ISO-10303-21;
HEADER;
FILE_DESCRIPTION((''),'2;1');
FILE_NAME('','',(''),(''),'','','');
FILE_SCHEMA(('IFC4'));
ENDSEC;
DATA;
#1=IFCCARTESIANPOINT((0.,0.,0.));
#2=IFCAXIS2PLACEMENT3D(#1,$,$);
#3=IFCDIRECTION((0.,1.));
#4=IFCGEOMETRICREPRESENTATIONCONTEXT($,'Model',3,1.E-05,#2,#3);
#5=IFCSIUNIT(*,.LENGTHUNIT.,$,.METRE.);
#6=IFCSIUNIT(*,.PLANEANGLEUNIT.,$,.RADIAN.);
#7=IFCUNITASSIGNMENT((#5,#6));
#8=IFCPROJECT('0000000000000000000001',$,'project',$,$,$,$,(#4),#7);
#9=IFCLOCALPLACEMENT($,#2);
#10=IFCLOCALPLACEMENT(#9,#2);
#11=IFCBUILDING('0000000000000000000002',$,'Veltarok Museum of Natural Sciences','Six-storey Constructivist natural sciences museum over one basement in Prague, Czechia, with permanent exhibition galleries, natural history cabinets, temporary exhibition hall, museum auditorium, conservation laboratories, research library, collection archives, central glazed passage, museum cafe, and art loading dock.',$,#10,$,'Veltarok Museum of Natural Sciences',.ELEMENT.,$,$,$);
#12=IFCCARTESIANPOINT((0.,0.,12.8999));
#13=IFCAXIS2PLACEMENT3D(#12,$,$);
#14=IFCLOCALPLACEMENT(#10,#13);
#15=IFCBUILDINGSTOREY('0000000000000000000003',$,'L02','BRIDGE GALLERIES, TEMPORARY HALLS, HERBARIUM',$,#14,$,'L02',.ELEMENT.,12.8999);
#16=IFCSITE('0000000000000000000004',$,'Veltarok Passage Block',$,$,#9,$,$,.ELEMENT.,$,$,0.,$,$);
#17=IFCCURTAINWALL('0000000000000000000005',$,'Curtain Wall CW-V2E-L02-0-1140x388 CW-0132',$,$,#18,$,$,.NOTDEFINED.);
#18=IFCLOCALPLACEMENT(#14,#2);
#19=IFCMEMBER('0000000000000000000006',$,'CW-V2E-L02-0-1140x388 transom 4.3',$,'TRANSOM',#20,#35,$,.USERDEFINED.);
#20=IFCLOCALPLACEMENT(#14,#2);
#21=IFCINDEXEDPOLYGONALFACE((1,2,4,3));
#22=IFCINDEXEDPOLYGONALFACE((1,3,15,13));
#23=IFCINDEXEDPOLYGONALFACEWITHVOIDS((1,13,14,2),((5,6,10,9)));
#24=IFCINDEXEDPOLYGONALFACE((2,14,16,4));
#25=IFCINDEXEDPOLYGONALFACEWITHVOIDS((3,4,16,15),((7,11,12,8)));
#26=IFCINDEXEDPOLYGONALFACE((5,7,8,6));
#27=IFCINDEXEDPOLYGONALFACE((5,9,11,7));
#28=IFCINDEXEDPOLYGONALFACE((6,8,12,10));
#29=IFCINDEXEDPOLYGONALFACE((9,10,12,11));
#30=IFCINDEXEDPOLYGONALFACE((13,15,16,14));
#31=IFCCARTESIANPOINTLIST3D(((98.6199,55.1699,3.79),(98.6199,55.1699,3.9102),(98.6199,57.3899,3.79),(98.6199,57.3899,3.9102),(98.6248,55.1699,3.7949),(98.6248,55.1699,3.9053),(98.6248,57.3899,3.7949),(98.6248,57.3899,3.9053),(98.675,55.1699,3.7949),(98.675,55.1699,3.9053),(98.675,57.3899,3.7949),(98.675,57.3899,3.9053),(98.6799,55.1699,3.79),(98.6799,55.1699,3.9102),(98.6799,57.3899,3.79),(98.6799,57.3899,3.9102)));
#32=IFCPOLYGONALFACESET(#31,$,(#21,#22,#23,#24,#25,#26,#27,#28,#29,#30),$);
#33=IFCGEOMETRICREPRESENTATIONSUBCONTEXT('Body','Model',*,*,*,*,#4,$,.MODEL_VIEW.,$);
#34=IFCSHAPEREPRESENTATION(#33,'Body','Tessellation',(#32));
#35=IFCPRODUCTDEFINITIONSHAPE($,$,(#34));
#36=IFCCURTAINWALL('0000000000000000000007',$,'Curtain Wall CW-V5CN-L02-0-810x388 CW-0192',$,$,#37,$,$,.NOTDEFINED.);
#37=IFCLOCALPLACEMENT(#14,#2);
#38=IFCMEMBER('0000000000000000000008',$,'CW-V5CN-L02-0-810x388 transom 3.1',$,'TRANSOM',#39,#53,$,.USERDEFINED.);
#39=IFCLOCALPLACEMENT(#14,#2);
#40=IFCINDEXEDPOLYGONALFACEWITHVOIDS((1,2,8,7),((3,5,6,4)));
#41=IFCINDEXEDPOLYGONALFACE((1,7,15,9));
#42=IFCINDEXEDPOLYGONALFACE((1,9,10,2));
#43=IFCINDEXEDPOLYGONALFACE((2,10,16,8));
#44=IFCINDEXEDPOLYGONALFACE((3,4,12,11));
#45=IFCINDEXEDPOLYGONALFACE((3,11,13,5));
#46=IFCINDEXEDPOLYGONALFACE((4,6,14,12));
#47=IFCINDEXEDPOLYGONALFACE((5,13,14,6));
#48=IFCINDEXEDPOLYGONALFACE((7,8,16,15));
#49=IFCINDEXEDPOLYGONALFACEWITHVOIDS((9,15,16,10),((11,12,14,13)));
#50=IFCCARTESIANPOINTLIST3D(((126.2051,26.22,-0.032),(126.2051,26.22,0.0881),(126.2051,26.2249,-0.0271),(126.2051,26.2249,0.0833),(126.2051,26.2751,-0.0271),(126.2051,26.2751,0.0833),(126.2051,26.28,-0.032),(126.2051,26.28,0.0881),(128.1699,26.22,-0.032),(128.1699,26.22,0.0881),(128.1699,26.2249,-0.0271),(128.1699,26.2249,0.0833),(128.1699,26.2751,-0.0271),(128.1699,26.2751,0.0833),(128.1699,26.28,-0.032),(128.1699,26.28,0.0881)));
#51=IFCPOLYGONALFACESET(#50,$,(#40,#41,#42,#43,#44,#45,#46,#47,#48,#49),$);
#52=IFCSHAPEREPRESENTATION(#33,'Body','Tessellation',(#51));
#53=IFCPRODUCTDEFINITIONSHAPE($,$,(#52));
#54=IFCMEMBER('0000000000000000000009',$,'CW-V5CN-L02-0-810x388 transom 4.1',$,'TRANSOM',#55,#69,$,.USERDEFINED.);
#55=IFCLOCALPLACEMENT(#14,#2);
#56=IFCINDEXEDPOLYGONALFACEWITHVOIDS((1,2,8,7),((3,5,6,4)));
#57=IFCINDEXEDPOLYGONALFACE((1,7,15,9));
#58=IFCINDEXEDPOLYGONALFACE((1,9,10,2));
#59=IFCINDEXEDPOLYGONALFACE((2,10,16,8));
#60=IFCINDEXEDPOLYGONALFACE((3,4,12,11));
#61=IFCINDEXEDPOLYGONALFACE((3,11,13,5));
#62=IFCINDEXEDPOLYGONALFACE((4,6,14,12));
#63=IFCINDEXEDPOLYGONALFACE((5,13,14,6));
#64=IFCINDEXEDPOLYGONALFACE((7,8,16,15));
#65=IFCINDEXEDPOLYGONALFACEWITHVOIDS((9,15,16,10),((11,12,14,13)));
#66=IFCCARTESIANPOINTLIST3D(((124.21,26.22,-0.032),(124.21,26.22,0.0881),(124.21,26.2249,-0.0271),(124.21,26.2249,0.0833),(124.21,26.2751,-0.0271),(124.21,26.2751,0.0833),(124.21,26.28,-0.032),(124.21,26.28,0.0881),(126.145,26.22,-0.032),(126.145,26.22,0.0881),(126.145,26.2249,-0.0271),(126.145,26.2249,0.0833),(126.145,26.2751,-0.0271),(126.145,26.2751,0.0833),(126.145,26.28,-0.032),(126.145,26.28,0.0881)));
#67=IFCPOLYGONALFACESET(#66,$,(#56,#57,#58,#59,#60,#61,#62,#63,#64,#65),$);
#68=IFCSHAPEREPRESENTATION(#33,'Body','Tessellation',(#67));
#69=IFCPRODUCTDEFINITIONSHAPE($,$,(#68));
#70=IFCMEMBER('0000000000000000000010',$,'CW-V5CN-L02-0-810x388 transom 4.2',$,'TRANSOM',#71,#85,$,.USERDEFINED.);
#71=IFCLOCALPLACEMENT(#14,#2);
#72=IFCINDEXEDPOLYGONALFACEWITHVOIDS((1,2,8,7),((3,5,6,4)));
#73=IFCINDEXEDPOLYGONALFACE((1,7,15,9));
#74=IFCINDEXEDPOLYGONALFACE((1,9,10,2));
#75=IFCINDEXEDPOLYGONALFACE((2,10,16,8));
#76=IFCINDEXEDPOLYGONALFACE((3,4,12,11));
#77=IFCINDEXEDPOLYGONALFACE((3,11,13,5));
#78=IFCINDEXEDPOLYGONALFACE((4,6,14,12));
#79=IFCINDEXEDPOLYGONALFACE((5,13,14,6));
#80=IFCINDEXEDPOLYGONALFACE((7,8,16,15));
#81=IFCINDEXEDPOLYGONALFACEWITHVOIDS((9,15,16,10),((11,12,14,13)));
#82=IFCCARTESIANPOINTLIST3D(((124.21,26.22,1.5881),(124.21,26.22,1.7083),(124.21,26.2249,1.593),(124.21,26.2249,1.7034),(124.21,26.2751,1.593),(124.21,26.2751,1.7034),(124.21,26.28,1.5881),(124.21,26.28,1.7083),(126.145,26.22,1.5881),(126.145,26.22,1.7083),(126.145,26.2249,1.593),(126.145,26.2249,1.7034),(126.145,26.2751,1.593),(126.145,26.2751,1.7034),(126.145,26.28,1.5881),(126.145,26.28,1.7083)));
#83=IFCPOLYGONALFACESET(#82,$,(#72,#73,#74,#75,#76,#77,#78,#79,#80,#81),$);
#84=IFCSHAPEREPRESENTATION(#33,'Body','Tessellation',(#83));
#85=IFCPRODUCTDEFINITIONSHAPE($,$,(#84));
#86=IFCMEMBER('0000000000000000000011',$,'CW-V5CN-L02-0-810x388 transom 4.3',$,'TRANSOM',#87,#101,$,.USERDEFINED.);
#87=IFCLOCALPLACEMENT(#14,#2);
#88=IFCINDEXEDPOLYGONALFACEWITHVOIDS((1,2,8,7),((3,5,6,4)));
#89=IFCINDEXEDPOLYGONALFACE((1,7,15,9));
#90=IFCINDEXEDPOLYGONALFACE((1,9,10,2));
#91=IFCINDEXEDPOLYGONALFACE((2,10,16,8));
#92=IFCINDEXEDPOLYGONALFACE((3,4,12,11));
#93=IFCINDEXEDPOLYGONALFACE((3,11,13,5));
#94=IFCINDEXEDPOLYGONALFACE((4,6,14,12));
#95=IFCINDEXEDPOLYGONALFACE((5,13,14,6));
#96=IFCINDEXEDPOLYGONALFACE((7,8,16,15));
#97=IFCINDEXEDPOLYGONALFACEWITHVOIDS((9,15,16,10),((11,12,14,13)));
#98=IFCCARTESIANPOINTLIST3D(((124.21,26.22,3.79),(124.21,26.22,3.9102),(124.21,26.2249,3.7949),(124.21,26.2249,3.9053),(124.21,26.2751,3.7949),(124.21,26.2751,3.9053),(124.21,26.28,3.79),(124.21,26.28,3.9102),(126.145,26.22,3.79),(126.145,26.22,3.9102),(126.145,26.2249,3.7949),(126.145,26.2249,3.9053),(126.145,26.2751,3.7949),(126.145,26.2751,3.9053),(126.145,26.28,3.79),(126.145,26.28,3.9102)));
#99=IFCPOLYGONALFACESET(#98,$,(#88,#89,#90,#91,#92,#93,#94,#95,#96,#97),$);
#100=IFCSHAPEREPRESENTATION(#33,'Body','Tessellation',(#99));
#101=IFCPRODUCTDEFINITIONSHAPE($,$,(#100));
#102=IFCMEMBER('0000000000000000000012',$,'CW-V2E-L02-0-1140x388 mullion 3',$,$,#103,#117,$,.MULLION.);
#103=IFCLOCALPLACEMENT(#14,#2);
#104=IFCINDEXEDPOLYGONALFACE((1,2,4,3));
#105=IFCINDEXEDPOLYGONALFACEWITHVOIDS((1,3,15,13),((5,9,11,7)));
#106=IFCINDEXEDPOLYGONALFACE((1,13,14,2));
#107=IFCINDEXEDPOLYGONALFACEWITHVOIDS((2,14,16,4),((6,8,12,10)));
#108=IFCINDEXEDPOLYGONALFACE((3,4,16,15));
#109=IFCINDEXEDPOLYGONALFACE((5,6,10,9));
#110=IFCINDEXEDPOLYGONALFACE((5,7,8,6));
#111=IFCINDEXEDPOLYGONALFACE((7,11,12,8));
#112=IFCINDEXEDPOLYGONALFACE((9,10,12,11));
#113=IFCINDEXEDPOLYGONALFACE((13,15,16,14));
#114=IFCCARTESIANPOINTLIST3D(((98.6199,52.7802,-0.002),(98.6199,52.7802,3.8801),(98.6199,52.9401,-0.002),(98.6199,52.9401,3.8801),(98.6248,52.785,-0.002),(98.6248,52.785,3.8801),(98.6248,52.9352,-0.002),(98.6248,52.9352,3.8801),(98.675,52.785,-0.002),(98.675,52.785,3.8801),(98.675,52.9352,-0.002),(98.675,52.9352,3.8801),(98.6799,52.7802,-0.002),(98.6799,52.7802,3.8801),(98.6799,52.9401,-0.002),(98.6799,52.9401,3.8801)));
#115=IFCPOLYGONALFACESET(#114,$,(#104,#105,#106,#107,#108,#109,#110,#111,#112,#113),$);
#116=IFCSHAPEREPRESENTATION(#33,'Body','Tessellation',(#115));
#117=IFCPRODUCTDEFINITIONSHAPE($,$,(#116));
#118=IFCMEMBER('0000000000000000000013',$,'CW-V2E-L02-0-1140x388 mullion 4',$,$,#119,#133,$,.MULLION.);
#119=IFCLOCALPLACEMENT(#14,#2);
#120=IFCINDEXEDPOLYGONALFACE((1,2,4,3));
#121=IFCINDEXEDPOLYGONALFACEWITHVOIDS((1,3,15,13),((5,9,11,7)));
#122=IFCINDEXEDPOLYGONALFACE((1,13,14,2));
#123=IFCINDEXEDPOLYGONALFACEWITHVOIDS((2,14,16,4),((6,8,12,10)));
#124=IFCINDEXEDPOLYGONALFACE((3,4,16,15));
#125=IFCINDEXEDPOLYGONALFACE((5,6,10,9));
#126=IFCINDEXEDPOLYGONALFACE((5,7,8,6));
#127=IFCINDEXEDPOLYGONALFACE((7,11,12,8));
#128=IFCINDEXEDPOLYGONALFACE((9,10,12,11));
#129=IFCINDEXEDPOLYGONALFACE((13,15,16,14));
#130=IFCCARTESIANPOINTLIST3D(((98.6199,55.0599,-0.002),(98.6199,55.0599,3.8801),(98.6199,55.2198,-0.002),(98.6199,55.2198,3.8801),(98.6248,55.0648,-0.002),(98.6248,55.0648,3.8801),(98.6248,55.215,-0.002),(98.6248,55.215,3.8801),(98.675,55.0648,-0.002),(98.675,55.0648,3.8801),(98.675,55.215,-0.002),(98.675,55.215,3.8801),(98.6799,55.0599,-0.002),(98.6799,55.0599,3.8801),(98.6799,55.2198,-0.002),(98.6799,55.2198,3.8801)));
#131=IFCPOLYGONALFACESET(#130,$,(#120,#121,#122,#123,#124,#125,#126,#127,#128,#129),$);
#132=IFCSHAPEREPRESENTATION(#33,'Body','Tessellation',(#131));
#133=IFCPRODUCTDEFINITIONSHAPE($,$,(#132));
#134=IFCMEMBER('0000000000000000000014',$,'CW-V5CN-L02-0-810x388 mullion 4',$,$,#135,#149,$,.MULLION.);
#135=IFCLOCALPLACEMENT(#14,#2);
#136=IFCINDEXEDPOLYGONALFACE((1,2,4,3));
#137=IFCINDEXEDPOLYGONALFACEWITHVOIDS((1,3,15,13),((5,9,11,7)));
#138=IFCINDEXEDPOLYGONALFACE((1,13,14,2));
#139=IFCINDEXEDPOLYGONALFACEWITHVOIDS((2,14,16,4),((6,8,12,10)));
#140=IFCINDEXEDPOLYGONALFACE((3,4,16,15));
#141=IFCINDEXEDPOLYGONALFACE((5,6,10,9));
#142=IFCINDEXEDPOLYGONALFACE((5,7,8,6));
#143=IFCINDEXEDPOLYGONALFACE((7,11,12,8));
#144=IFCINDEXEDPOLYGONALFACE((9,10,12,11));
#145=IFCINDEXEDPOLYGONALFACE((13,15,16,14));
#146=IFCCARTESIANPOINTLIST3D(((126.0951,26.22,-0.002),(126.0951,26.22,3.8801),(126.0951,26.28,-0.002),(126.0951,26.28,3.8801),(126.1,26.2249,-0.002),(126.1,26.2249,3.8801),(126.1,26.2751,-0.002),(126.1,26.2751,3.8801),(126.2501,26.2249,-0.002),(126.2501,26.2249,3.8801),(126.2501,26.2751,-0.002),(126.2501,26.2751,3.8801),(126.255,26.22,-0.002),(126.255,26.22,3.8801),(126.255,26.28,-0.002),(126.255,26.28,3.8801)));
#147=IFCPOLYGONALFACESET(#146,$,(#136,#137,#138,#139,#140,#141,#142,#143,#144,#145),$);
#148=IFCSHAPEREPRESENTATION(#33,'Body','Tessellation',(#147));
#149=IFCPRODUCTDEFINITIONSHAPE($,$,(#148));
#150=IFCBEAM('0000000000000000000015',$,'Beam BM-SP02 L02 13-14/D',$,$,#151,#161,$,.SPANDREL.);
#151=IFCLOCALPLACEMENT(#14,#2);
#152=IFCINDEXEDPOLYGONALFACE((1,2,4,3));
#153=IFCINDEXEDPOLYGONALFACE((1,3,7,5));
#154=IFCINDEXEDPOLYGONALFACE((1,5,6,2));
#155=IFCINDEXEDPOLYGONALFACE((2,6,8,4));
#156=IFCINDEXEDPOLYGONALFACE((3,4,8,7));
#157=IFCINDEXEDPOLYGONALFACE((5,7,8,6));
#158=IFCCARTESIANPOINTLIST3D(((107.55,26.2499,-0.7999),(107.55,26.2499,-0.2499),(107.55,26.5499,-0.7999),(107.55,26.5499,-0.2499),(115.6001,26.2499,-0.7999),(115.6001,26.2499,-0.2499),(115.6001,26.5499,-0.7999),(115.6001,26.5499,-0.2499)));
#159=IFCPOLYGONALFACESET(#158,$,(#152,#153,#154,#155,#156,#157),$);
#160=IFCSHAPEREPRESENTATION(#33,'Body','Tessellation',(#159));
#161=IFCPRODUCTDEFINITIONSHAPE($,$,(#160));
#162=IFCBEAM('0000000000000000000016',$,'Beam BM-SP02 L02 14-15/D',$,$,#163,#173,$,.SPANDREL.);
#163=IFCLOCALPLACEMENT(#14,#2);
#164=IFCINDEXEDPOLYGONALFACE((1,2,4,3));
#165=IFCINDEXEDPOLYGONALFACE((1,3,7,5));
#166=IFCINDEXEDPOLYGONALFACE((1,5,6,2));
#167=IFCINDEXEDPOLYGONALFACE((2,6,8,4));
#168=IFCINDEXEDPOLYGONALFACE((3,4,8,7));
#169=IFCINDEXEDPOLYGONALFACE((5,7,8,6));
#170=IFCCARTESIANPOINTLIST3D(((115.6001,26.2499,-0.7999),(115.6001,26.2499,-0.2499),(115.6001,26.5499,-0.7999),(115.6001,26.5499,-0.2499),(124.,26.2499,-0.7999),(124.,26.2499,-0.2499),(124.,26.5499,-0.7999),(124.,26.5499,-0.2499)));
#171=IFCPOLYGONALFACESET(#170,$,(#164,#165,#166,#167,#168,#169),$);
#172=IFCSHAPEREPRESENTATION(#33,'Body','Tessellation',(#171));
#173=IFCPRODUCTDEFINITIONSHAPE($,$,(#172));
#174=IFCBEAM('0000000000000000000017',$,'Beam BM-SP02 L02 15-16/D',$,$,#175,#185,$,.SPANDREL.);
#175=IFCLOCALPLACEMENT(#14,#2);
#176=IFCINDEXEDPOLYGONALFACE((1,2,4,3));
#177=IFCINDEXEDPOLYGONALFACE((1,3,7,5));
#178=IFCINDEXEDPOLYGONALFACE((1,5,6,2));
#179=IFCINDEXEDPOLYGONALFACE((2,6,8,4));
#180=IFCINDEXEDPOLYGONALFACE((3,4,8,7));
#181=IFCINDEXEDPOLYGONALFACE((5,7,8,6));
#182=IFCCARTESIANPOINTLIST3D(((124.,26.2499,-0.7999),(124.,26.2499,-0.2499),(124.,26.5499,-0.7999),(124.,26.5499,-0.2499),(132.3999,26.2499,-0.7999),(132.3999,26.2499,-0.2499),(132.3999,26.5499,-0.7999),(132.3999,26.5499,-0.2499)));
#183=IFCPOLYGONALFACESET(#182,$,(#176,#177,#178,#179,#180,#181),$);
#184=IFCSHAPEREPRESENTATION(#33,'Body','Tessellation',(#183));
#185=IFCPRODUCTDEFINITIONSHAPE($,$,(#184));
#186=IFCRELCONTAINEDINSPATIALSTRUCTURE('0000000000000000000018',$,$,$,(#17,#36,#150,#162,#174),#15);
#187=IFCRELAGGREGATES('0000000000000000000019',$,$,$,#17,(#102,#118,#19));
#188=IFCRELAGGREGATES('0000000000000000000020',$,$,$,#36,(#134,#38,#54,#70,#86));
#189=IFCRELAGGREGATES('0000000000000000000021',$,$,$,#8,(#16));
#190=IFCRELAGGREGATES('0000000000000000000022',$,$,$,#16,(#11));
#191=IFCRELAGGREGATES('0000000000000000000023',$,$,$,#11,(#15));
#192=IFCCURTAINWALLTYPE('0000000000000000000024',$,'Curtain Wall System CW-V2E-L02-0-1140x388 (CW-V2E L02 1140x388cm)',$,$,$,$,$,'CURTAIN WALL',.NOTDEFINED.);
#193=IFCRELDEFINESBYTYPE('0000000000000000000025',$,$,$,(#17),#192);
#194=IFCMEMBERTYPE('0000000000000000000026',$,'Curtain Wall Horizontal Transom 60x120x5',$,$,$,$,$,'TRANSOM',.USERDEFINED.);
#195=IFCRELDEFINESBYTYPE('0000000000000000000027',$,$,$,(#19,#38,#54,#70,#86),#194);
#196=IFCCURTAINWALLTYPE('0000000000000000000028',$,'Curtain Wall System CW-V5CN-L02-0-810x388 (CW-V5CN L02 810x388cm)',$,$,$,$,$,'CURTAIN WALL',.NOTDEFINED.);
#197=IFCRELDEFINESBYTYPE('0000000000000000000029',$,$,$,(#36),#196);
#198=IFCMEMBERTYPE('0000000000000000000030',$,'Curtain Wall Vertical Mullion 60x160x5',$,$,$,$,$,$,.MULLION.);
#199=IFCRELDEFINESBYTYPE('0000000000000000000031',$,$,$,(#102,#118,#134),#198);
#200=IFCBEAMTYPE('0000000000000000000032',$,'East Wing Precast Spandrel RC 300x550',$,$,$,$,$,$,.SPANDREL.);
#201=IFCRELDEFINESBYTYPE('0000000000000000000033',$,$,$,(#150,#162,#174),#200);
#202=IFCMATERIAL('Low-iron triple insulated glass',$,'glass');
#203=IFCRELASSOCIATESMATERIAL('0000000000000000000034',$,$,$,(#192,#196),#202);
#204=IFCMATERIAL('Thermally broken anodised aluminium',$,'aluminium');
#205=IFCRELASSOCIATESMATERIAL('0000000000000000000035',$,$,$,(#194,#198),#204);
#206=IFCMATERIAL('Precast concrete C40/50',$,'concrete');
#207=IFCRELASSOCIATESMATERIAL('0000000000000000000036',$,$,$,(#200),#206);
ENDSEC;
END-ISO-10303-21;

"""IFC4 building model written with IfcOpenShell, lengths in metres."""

from ifc_helpers import new_model, si_unit, direction, frame, origin, origin_2d, place, context, subcontext, project, spatial, rectangle, hollow_rectangle, extrude, material, material_profile, profile_set, type_object, element, aggregate, save


model = new_model("IFC4")

# Units and contexts
model_context = context("Model", 3, precision=1e-05, world=origin(), true_north=direction((0.0, 1.0)))
body_context = subcontext(model_context, "Body", "Model", "MODEL_VIEW")
ifc_project = project(units=[si_unit("LENGTHUNIT", "METRE"), si_unit("PLANEANGLEUNIT", "RADIAN")], contexts=[model_context])

# Site, building, storey
site_placement = place(None, origin())
site = spatial("IfcSite", under=ifc_project, at=site_placement, Name="Veltarok Passage Block", CompositionType="ELEMENT", RefElevation=0.0)
building_placement = place(site_placement, origin())
building = spatial("IfcBuilding", under=site, at=building_placement, Name="Veltarok Museum of Natural Sciences", Description="Six-storey Constructivist natural sciences museum over one basement in Prague, Czechia, with permanent exhibition galleries, natural history cabinets, temporary exhibition hall, museum auditorium, conservation laboratories, research library, collection archives, central glazed passage, museum cafe, and art loading dock.", LongName="Veltarok Museum of Natural Sciences", CompositionType="ELEMENT")
storey_placement = place(building_placement, frame((0.0, 0.0, 12.8999)))
storey = spatial("IfcBuildingStorey", under=building, at=storey_placement, Name="L02", Description="BRIDGE GALLERIES, TEMPORARY HALLS, HERBARIUM", LongName="L02", CompositionType="ELEMENT", Elevation=12.8999)

# Curtain walls, members
ifc_material_1 = material(Name="Low-iron triple insulated glass", Category="glass")
curtain_wall_type_1 = type_object("IfcCurtainWallType", Name="Curtain Wall System CW-V2E-L02-0-1140x388 (CW-V2E L02 1140x388cm)", ElementType="CURTAIN WALL", PredefinedType="NOTDEFINED", material=ifc_material_1)
curtain_wall_1_placement = place(storey_placement, origin())
curtain_wall_1 = element("IfcCurtainWall", 1, at=curtain_wall_1_placement, inside=storey, type_object=curtain_wall_type_1, Name="Curtain Wall CW-V2E-L02-0-1140x388 CW-0132", PredefinedType="NOTDEFINED")
ifc_material_2 = material(Name="Thermally broken anodised aluminium", Category="aluminium")
ifc_material_profile_1 = material_profile(ifc_material_2, hollow_rectangle(XDim=0.0601, YDim=0.1201, WallThickness=0.0049, at=origin_2d()), Name="CW TRANSOM 60x120x5")
ifc_profile_set_1 = profile_set([ifc_material_profile_1], Name="Thermally broken anodised aluminium")
member_type_1 = type_object("IfcMemberType", Name="Curtain Wall Horizontal Transom 60x120x5", ElementType="TRANSOM", PredefinedType="USERDEFINED", material=ifc_profile_set_1)
member_1_placement = place(storey_placement, frame((98.6499, 55.1699, 3.8501), z_axis=(0.0, 1.0, 0.0), x_axis=(-1.0, 0.0, 0.0)))
member_1 = element("IfcMember", 2, at=member_1_placement, type_object=member_type_1, Name="CW-V2E-L02-0-1140x388 transom 4.3", ObjectType="TRANSOM", PredefinedType="USERDEFINED", context=body_context, shape_type="SweptSolid", body=[
    extrude(hollow_rectangle(XDim=0.0601, YDim=0.1201, WallThickness=0.0049, at=origin_2d()), origin(), (0.0, 0.0, 1.0), 2.22),
])
curtain_wall_type_2 = type_object("IfcCurtainWallType", Name="Curtain Wall System CW-V5CN-L02-0-810x388 (CW-V5CN L02 810x388cm)", ElementType="CURTAIN WALL", PredefinedType="NOTDEFINED", material=ifc_material_1)
curtain_wall_2_placement = place(storey_placement, origin())
curtain_wall_2 = element("IfcCurtainWall", 3, at=curtain_wall_2_placement, inside=storey, type_object=curtain_wall_type_2, Name="Curtain Wall CW-V5CN-L02-0-810x388 CW-0192", PredefinedType="NOTDEFINED")
member_2_placement = place(storey_placement, frame((128.1699, 26.25, 0.0281), z_axis=(-1.0, 0.0, 0.0), x_axis=(0.0, -1.0, 0.0)))
member_2 = element("IfcMember", 4, at=member_2_placement, type_object=member_type_1, Name="CW-V5CN-L02-0-810x388 transom 3.1", ObjectType="TRANSOM", PredefinedType="USERDEFINED", context=body_context, shape_type="SweptSolid", body=[
    extrude(hollow_rectangle(XDim=0.0601, YDim=0.1201, WallThickness=0.0049, at=origin_2d()), origin(), (0.0, 0.0, 1.0), 1.9648),
])
member_3_placement = place(storey_placement, frame((126.145, 26.25, 0.0281), z_axis=(-1.0, 0.0, 0.0), x_axis=(0.0, -1.0, 0.0)))
member_3 = element("IfcMember", 5, at=member_3_placement, type_object=member_type_1, Name="CW-V5CN-L02-0-810x388 transom 4.1", ObjectType="TRANSOM", PredefinedType="USERDEFINED", context=body_context, shape_type="SweptSolid", body=[
    extrude(hollow_rectangle(XDim=0.0601, YDim=0.1201, WallThickness=0.0049, at=origin_2d()), origin(), (0.0, 0.0, 1.0), 1.9351),
])
member_4_placement = place(storey_placement, frame((126.145, 26.25, 1.6482), z_axis=(-1.0, 0.0, 0.0), x_axis=(0.0, -1.0, 0.0)))
member_4 = element("IfcMember", 6, at=member_4_placement, type_object=member_type_1, Name="CW-V5CN-L02-0-810x388 transom 4.2", ObjectType="TRANSOM", PredefinedType="USERDEFINED", context=body_context, shape_type="SweptSolid", body=[
    extrude(hollow_rectangle(XDim=0.0601, YDim=0.1201, WallThickness=0.0049, at=origin_2d()), origin(), (0.0, 0.0, 1.0), 1.9351),
])
member_5_placement = place(storey_placement, frame((126.145, 26.25, 3.8501), z_axis=(-1.0, 0.0, 0.0), x_axis=(0.0, -1.0, 0.0)))
member_5 = element("IfcMember", 7, at=member_5_placement, type_object=member_type_1, Name="CW-V5CN-L02-0-810x388 transom 4.3", ObjectType="TRANSOM", PredefinedType="USERDEFINED", context=body_context, shape_type="SweptSolid", body=[
    extrude(hollow_rectangle(XDim=0.0601, YDim=0.1201, WallThickness=0.0049, at=origin_2d()), origin(), (0.0, 0.0, 1.0), 1.9351),
])

# Members
ifc_material_profile_2 = material_profile(ifc_material_2, hollow_rectangle(XDim=0.0601, YDim=0.1599, WallThickness=0.0049, at=origin_2d()), Name="CW MULLION 60x160x5")
ifc_profile_set_2 = profile_set([ifc_material_profile_2], Name="Thermally broken anodised aluminium")
member_type_2 = type_object("IfcMemberType", Name="Curtain Wall Vertical Mullion 60x160x5", PredefinedType="MULLION", material=ifc_profile_set_2)
member_6_placement = place(storey_placement, frame((98.6499, 52.8601, -0.002), z_axis=(0.0, 0.0, 1.0), x_axis=(-1.0, 0.0, 0.0)))
member_6 = element("IfcMember", 8, at=member_6_placement, type_object=member_type_2, Name="CW-V2E-L02-0-1140x388 mullion 3", PredefinedType="MULLION", context=body_context, shape_type="SweptSolid", body=[
    extrude(hollow_rectangle(XDim=0.0601, YDim=0.1599, WallThickness=0.0049, at=origin_2d()), origin(), (0.0, 0.0, 1.0), 3.8821),
])
member_7_placement = place(storey_placement, frame((98.6499, 55.1399, -0.002), z_axis=(0.0, 0.0, 1.0), x_axis=(-1.0, 0.0, 0.0)))
member_7 = element("IfcMember", 9, at=member_7_placement, type_object=member_type_2, Name="CW-V2E-L02-0-1140x388 mullion 4", PredefinedType="MULLION", context=body_context, shape_type="SweptSolid", body=[
    extrude(hollow_rectangle(XDim=0.0601, YDim=0.1599, WallThickness=0.0049, at=origin_2d()), origin(), (0.0, 0.0, 1.0), 3.8821),
])
member_8_placement = place(storey_placement, frame((126.175, 26.25, -0.002), z_axis=(0.0, 0.0, 1.0), x_axis=(0.0, -1.0, 0.0)))
member_8 = element("IfcMember", 10, at=member_8_placement, type_object=member_type_2, Name="CW-V5CN-L02-0-810x388 mullion 4", PredefinedType="MULLION", context=body_context, shape_type="SweptSolid", body=[
    extrude(hollow_rectangle(XDim=0.0601, YDim=0.1599, WallThickness=0.0049, at=origin_2d()), origin(), (0.0, 0.0, 1.0), 3.8821),
])

# Beams
ifc_material_3 = material(Name="Precast concrete C40/50", Category="concrete")
ifc_material_profile_3 = material_profile(ifc_material_3, rectangle(XDim=0.3, YDim=0.55, at=origin_2d()), Name="RC 300x550")
ifc_profile_set_3 = profile_set([ifc_material_profile_3], Name="Precast concrete C40/50")
beam_type_1 = type_object("IfcBeamType", Name="East Wing Precast Spandrel RC 300x550", PredefinedType="SPANDREL", material=ifc_profile_set_3)
beam_1_placement = place(storey_placement, frame((107.55, 26.3999, -0.5249), z_axis=(1.0, 0.0, 0.0), x_axis=(0.0, 1.0, 0.0)))
element("IfcBeam", 11, at=beam_1_placement, inside=storey, type_object=beam_type_1, Name="Beam BM-SP02 L02 13-14/D", PredefinedType="SPANDREL", context=body_context, shape_type="SweptSolid", body=[
    extrude(rectangle(XDim=0.3, YDim=0.55, at=origin_2d()), origin(), (0.0, 0.0, 1.0), 8.05),
])
for number, where, z_axis, x_axis, name in (
    (12, (115.6001, 26.3999, -0.5249), (1.0, 0.0, 0.0), (0.0, 1.0, 0.0), "Beam BM-SP02 L02 14-15/D"),
    (13, (124.0, 26.3999, -0.5249), (1.0, 0.0, 0.0), (0.0, 1.0, 0.0), "Beam BM-SP02 L02 15-16/D"),
):
    element("IfcBeam", number, at=place(storey_placement, frame(where, z_axis=z_axis, x_axis=x_axis)), inside=storey, type_object=beam_type_1, Name=name, PredefinedType="SPANDREL", context=body_context, shape_type="SweptSolid", body=[
        extrude(rectangle(XDim=0.3, YDim=0.55, at=origin_2d()), origin(), (0.0, 0.0, 1.0), 8.3999),
    ])

aggregate(curtain_wall_1, [member_6, member_7, member_1])
aggregate(curtain_wall_2, [member_8, member_2, member_3, member_4, member_5])

save(model, "model.ifc")
